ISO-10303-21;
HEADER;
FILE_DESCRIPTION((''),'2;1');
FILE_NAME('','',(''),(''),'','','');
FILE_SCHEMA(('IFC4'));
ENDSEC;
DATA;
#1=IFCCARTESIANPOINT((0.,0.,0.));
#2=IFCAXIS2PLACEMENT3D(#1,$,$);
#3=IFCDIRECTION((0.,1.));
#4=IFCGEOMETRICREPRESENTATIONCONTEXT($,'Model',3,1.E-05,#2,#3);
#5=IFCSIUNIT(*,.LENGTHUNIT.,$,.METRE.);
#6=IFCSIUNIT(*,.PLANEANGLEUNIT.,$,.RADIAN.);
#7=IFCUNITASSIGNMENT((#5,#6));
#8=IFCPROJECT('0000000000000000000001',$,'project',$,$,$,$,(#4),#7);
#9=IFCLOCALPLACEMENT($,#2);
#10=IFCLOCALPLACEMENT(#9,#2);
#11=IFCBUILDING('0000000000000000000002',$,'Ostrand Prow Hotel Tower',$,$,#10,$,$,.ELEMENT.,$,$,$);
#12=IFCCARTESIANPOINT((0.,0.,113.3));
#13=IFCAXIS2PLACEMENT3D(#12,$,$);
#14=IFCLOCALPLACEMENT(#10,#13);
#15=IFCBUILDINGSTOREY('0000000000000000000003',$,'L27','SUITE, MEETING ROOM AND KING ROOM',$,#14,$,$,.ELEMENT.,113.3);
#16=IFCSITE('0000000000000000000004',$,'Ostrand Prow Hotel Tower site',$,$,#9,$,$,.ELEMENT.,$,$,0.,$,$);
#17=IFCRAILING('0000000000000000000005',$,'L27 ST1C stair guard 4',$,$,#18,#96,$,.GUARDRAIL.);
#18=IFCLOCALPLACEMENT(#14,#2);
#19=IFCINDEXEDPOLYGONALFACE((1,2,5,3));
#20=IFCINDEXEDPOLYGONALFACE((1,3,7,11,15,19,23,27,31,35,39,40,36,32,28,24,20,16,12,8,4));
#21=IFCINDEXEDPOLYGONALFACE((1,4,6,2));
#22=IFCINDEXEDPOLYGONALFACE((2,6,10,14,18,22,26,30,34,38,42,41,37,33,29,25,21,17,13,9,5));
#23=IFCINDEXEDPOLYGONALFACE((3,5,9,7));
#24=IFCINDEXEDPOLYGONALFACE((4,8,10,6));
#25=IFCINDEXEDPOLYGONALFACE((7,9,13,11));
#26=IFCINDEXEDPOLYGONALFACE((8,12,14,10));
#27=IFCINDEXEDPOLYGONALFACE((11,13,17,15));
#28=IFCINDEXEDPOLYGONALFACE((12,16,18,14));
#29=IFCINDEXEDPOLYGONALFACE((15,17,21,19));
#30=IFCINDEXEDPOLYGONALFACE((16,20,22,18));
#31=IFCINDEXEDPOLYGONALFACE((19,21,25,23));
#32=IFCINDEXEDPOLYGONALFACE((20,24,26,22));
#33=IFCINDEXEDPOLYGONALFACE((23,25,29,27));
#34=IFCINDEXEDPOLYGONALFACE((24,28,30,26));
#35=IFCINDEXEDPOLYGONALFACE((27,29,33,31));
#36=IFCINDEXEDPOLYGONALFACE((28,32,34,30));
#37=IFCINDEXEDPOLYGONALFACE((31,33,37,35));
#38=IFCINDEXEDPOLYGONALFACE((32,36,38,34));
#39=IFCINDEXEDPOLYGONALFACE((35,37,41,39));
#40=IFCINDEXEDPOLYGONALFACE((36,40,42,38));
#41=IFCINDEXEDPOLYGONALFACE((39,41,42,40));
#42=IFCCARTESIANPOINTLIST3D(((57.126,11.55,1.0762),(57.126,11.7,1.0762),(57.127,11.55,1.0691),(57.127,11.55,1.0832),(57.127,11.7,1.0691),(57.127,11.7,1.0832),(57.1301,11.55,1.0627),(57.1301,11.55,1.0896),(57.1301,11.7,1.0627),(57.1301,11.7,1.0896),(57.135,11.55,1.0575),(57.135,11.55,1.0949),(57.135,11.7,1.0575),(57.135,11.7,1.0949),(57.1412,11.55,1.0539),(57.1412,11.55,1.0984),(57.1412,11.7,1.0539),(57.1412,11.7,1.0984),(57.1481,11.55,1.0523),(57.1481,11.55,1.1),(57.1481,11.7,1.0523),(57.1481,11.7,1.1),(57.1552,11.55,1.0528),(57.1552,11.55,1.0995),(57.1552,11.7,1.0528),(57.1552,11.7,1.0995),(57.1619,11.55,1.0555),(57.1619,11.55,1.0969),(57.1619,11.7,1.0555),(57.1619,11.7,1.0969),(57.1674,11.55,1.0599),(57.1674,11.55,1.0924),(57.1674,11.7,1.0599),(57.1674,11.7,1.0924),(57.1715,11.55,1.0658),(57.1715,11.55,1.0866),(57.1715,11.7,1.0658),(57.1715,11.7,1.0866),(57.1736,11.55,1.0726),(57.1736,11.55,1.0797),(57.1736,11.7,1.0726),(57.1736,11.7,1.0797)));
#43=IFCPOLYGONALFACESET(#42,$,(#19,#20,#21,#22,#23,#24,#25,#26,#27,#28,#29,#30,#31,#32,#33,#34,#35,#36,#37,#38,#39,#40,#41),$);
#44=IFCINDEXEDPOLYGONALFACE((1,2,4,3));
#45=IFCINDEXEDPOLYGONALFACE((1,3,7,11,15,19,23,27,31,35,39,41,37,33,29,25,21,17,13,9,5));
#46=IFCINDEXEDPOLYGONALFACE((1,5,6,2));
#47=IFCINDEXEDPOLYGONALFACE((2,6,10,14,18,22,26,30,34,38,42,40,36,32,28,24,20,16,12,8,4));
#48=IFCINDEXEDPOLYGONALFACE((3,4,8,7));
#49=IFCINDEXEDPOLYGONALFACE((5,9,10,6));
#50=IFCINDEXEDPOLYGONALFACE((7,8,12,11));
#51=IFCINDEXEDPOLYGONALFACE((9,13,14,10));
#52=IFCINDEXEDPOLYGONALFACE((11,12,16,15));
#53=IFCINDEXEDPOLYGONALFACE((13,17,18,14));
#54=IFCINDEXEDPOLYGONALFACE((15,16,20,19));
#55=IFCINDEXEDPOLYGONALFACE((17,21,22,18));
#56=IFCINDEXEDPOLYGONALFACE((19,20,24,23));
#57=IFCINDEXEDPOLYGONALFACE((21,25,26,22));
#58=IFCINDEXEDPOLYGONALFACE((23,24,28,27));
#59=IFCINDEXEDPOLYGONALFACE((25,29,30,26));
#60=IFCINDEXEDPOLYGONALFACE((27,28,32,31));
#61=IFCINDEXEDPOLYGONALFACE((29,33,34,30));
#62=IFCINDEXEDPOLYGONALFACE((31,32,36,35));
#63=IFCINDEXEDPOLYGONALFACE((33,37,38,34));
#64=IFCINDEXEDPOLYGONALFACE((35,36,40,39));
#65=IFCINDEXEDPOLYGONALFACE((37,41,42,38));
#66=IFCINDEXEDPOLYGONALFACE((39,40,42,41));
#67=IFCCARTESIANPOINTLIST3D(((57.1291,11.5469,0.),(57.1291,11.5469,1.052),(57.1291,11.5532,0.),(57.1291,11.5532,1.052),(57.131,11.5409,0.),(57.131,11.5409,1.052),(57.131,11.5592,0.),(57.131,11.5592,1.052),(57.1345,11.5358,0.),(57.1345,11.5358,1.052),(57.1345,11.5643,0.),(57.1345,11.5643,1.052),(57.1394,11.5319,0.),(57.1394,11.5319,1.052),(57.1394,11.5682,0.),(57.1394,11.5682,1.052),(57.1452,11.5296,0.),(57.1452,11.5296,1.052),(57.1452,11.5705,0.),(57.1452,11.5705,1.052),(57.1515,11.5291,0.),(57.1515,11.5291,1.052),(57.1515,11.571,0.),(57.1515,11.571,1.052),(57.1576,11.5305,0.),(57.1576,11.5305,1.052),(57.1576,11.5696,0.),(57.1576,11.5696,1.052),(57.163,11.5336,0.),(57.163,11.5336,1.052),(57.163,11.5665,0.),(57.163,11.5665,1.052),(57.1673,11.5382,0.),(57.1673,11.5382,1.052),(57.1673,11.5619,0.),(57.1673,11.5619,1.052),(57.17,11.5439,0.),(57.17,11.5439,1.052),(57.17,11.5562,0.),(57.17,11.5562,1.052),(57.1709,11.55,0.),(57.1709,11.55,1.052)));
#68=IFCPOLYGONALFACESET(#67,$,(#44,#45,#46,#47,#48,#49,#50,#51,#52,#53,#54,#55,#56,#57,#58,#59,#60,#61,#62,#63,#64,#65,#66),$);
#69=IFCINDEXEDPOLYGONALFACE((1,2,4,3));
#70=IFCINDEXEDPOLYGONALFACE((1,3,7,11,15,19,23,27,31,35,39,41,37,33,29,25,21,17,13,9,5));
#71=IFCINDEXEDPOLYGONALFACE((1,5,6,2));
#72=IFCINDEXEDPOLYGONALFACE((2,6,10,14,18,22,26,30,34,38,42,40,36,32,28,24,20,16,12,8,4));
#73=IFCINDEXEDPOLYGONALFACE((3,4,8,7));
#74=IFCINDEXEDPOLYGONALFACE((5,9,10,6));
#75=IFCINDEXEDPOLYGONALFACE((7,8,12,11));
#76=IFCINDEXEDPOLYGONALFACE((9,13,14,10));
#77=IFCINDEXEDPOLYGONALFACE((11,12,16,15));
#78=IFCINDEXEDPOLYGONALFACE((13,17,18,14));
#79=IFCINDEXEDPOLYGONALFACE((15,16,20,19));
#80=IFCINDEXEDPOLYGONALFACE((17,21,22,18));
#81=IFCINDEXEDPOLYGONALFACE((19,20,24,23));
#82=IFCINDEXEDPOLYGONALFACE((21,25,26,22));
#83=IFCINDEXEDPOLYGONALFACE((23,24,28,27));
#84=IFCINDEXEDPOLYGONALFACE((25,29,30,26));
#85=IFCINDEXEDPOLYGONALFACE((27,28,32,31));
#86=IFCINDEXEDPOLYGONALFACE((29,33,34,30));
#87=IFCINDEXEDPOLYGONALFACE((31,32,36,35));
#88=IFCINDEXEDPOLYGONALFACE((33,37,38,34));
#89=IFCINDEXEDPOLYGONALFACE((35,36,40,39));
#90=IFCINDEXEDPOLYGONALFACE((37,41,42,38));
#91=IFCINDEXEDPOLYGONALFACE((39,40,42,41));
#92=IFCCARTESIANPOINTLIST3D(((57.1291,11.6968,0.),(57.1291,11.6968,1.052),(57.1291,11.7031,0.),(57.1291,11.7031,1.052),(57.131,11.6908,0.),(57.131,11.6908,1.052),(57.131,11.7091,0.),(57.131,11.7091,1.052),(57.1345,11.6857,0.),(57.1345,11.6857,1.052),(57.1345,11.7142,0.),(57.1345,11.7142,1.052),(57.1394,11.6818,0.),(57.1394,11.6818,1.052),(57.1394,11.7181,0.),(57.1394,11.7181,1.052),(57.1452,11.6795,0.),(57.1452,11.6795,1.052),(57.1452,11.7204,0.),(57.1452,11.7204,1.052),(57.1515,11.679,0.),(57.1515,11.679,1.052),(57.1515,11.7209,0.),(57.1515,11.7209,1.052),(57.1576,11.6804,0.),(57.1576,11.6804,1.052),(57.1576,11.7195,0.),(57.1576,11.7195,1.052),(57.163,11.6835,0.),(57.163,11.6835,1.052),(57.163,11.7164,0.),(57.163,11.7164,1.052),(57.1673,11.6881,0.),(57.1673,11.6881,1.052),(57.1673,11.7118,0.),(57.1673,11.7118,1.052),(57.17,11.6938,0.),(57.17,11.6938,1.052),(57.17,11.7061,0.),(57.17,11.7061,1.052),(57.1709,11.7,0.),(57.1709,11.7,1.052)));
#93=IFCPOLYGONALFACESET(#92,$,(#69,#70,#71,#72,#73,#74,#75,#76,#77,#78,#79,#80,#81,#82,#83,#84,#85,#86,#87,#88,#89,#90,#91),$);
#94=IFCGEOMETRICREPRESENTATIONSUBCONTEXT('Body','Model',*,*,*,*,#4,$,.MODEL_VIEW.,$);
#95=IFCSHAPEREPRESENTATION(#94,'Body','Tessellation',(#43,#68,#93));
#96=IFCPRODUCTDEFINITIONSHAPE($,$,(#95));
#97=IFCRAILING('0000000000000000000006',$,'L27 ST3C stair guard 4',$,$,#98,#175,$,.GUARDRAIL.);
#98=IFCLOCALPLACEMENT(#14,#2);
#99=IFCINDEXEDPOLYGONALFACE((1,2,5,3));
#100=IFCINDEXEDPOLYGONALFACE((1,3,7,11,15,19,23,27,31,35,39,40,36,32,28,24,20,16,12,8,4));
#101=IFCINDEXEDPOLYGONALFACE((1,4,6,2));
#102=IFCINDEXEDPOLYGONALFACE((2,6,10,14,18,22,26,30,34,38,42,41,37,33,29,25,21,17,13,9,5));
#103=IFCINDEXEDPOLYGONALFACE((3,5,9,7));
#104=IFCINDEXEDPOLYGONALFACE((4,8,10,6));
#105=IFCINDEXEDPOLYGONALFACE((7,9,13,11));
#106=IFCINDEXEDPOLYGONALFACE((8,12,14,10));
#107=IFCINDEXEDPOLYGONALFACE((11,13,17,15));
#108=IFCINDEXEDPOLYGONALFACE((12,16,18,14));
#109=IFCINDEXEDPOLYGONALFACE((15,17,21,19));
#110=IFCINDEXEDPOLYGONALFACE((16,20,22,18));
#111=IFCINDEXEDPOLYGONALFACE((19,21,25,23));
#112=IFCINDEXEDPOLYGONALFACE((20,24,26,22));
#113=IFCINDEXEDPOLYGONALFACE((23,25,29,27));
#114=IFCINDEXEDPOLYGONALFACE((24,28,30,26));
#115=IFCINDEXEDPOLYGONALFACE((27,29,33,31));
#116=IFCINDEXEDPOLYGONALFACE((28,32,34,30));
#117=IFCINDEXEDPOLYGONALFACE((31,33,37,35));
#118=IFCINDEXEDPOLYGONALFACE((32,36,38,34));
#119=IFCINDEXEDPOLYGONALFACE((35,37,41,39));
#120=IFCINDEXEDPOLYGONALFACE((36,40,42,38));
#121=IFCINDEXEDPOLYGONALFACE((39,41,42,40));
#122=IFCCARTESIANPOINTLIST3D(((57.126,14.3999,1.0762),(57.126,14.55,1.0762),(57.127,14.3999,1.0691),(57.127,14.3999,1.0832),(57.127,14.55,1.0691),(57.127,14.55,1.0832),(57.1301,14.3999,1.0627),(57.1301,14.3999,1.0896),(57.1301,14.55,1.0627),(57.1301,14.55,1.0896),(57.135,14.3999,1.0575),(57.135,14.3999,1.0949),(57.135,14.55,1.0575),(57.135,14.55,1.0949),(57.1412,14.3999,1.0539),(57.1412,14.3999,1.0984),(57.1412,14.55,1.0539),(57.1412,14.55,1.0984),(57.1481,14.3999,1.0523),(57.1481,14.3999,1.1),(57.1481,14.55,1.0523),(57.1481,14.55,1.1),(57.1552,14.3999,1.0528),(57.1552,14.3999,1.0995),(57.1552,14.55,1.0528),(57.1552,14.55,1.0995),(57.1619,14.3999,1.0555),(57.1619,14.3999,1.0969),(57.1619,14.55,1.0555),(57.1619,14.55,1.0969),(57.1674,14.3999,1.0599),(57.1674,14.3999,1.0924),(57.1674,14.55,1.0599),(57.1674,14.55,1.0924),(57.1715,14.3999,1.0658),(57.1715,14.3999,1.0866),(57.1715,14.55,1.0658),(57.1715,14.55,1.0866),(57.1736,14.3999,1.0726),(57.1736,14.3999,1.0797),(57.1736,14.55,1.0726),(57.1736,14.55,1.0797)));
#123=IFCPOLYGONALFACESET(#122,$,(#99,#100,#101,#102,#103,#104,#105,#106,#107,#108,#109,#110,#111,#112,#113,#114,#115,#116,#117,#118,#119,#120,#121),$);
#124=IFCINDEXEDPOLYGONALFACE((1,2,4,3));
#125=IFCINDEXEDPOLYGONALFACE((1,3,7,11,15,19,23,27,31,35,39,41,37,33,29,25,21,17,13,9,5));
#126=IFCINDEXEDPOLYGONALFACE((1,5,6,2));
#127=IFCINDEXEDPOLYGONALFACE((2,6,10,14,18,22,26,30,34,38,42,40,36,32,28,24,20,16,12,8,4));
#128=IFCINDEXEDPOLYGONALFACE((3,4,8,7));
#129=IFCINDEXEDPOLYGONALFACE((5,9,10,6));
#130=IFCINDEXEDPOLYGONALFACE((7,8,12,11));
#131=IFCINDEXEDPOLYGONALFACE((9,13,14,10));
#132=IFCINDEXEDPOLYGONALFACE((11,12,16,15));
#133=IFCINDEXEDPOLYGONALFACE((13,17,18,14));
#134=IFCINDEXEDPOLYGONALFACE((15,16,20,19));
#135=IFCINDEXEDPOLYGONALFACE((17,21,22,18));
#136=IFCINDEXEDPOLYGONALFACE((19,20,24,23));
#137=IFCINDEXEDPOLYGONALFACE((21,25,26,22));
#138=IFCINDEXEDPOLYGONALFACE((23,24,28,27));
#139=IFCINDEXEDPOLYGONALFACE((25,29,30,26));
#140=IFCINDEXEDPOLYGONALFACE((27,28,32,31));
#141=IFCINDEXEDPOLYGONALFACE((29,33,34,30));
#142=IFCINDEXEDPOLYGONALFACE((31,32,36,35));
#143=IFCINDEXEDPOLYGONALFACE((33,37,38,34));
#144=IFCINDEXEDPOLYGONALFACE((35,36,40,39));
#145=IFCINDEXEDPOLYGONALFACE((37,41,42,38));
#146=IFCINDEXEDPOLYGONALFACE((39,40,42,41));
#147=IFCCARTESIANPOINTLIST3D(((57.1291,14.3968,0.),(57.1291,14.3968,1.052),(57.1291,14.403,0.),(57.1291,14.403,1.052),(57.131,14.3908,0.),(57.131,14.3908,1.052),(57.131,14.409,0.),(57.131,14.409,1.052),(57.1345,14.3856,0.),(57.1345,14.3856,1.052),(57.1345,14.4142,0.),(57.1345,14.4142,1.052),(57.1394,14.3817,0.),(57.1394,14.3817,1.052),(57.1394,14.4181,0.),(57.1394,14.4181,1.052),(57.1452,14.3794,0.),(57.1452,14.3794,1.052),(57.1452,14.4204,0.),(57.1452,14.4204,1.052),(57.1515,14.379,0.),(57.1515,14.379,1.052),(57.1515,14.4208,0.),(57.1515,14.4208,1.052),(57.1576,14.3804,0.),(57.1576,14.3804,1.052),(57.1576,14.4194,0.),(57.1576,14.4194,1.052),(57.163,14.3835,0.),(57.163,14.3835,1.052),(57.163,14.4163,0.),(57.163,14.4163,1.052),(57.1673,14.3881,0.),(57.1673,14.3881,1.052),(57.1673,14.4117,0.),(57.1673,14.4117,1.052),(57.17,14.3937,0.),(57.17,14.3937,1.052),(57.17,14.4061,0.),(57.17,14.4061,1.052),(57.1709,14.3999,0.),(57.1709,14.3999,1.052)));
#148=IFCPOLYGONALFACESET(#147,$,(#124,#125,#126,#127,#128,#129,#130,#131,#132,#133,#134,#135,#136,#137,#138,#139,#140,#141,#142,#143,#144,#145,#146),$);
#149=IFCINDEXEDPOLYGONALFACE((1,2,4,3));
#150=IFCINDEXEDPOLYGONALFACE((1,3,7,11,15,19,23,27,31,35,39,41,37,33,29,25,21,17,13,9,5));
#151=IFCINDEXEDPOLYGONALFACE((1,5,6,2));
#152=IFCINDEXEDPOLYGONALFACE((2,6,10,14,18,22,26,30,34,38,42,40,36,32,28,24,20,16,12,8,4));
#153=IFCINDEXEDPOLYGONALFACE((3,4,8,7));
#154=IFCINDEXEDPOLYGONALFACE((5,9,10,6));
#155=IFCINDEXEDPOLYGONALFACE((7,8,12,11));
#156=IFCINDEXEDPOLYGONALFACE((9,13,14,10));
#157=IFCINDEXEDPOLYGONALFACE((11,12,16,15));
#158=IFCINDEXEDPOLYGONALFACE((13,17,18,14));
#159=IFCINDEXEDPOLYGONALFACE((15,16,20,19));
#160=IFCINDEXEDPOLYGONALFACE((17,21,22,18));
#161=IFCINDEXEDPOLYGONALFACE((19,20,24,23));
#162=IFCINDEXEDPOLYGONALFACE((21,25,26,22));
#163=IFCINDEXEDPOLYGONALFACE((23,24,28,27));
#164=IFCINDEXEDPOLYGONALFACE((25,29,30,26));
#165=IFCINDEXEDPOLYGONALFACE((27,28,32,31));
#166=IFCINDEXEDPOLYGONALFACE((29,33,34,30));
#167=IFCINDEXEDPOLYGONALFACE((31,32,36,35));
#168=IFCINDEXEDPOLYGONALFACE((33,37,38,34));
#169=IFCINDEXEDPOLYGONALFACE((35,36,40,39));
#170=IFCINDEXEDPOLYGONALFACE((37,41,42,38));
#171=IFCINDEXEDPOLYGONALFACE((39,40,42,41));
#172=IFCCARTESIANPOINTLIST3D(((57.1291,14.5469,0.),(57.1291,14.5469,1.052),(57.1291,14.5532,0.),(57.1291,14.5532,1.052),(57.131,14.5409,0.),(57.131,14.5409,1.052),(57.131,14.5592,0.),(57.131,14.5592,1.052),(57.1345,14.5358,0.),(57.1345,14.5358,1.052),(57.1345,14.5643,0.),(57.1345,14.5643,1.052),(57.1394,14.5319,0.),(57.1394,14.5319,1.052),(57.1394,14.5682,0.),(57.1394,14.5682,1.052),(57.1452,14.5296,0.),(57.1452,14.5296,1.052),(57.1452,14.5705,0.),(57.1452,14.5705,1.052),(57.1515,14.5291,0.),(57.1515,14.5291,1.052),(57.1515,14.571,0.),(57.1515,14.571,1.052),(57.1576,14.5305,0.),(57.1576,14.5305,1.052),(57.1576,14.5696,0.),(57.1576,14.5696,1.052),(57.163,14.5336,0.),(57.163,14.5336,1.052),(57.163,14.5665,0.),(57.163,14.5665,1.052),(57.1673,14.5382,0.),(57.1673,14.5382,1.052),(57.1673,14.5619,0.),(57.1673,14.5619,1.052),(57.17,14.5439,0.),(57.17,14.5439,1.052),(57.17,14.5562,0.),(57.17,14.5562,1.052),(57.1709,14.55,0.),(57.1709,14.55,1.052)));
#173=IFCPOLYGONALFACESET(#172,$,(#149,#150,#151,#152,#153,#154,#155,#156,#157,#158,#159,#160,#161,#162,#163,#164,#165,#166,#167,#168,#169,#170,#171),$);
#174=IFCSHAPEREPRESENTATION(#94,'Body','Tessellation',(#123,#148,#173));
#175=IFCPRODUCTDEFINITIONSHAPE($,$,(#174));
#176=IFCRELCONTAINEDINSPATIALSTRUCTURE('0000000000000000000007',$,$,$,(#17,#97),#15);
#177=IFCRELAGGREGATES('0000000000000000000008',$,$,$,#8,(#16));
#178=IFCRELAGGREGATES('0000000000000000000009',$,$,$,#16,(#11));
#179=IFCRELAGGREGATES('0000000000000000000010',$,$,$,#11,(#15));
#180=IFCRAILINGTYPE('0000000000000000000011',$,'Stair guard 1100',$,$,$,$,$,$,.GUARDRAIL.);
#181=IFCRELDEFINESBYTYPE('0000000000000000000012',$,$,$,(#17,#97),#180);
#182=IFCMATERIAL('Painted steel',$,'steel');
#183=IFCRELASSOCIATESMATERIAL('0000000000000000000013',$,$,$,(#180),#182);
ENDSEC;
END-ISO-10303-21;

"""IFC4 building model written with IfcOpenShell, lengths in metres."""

from ifc_helpers import new_model, si_unit, direction, frame, origin, origin_2d, place, context, subcontext, project, spatial, circle, extrude, material, type_object, element, save


model = new_model("IFC4")

# Units and contexts
model_context = context("Model", 3, precision=1e-05, world=origin(), true_north=direction((0.0, 1.0)))
body_context = subcontext(model_context, "Body", "Model", "MODEL_VIEW")
ifc_project = project(units=[si_unit("LENGTHUNIT", "METRE"), si_unit("PLANEANGLEUNIT", "RADIAN")], contexts=[model_context])

# Site, building, storey
site_placement = place(None, origin())
site = spatial("IfcSite", under=ifc_project, at=site_placement, Name="Ostrand Prow Hotel Tower site", CompositionType="ELEMENT", RefElevation=0.0)
building_placement = place(site_placement, origin())
building = spatial("IfcBuilding", under=site, at=building_placement, Name="Ostrand Prow Hotel Tower", CompositionType="ELEMENT")
storey_placement = place(building_placement, frame((0.0, 0.0, 113.3)))
storey = spatial("IfcBuildingStorey", under=building, at=storey_placement, Name="L27", Description="SUITE, MEETING ROOM AND KING ROOM", CompositionType="ELEMENT", Elevation=113.3)

# Railings
ifc_material_1 = material(Name="Painted steel", Category="steel")
railing_type_1 = type_object("IfcRailingType", Name="Stair guard 1100", PredefinedType="GUARDRAIL", material=ifc_material_1)
railing_1_placement = place(storey_placement, frame((57.1499, 11.55, 0.0)))
element("IfcRailing", 1, at=railing_1_placement, inside=storey, type_object=railing_type_1, Name="L27 ST1C stair guard 4", PredefinedType="GUARDRAIL", context=body_context, shape_type="SweptSolid", body=[
    extrude(circle(Radius=0.0239, at=origin_2d()), frame((0.0, 0.0, 1.0762), z_axis=(0.0, 1.0, 0.0), x_axis=(-1.0, 0.0, 0.0)), (0.0, 0.0, 1.0), 0.1499),
    extrude(circle(Radius=0.021, at=origin_2d()), origin(), (0.0, 0.0, 1.0), 1.052),
    extrude(circle(Radius=0.021, at=origin_2d()), frame((0.0, 0.1499, 0.0)), (0.0, 0.0, 1.0), 1.052),
])
railing_2_placement = place(storey_placement, frame((57.1499, 14.3999, 0.0)))
element("IfcRailing", 2, at=railing_2_placement, inside=storey, type_object=railing_type_1, Name="L27 ST3C stair guard 4", PredefinedType="GUARDRAIL", context=body_context, shape_type="SweptSolid", body=[
    extrude(circle(Radius=0.0239, at=origin_2d()), frame((0.0, 0.0, 1.0762), z_axis=(0.0, 1.0, 0.0), x_axis=(-1.0, 0.0, 0.0)), (0.0, 0.0, 1.0), 0.1501),
    extrude(circle(Radius=0.021, at=origin_2d()), origin(), (0.0, 0.0, 1.0), 1.052),
    extrude(circle(Radius=0.021, at=origin_2d()), frame((0.0, 0.1501, 0.0)), (0.0, 0.0, 1.0), 1.052),
])

save(model, "model.ifc")
